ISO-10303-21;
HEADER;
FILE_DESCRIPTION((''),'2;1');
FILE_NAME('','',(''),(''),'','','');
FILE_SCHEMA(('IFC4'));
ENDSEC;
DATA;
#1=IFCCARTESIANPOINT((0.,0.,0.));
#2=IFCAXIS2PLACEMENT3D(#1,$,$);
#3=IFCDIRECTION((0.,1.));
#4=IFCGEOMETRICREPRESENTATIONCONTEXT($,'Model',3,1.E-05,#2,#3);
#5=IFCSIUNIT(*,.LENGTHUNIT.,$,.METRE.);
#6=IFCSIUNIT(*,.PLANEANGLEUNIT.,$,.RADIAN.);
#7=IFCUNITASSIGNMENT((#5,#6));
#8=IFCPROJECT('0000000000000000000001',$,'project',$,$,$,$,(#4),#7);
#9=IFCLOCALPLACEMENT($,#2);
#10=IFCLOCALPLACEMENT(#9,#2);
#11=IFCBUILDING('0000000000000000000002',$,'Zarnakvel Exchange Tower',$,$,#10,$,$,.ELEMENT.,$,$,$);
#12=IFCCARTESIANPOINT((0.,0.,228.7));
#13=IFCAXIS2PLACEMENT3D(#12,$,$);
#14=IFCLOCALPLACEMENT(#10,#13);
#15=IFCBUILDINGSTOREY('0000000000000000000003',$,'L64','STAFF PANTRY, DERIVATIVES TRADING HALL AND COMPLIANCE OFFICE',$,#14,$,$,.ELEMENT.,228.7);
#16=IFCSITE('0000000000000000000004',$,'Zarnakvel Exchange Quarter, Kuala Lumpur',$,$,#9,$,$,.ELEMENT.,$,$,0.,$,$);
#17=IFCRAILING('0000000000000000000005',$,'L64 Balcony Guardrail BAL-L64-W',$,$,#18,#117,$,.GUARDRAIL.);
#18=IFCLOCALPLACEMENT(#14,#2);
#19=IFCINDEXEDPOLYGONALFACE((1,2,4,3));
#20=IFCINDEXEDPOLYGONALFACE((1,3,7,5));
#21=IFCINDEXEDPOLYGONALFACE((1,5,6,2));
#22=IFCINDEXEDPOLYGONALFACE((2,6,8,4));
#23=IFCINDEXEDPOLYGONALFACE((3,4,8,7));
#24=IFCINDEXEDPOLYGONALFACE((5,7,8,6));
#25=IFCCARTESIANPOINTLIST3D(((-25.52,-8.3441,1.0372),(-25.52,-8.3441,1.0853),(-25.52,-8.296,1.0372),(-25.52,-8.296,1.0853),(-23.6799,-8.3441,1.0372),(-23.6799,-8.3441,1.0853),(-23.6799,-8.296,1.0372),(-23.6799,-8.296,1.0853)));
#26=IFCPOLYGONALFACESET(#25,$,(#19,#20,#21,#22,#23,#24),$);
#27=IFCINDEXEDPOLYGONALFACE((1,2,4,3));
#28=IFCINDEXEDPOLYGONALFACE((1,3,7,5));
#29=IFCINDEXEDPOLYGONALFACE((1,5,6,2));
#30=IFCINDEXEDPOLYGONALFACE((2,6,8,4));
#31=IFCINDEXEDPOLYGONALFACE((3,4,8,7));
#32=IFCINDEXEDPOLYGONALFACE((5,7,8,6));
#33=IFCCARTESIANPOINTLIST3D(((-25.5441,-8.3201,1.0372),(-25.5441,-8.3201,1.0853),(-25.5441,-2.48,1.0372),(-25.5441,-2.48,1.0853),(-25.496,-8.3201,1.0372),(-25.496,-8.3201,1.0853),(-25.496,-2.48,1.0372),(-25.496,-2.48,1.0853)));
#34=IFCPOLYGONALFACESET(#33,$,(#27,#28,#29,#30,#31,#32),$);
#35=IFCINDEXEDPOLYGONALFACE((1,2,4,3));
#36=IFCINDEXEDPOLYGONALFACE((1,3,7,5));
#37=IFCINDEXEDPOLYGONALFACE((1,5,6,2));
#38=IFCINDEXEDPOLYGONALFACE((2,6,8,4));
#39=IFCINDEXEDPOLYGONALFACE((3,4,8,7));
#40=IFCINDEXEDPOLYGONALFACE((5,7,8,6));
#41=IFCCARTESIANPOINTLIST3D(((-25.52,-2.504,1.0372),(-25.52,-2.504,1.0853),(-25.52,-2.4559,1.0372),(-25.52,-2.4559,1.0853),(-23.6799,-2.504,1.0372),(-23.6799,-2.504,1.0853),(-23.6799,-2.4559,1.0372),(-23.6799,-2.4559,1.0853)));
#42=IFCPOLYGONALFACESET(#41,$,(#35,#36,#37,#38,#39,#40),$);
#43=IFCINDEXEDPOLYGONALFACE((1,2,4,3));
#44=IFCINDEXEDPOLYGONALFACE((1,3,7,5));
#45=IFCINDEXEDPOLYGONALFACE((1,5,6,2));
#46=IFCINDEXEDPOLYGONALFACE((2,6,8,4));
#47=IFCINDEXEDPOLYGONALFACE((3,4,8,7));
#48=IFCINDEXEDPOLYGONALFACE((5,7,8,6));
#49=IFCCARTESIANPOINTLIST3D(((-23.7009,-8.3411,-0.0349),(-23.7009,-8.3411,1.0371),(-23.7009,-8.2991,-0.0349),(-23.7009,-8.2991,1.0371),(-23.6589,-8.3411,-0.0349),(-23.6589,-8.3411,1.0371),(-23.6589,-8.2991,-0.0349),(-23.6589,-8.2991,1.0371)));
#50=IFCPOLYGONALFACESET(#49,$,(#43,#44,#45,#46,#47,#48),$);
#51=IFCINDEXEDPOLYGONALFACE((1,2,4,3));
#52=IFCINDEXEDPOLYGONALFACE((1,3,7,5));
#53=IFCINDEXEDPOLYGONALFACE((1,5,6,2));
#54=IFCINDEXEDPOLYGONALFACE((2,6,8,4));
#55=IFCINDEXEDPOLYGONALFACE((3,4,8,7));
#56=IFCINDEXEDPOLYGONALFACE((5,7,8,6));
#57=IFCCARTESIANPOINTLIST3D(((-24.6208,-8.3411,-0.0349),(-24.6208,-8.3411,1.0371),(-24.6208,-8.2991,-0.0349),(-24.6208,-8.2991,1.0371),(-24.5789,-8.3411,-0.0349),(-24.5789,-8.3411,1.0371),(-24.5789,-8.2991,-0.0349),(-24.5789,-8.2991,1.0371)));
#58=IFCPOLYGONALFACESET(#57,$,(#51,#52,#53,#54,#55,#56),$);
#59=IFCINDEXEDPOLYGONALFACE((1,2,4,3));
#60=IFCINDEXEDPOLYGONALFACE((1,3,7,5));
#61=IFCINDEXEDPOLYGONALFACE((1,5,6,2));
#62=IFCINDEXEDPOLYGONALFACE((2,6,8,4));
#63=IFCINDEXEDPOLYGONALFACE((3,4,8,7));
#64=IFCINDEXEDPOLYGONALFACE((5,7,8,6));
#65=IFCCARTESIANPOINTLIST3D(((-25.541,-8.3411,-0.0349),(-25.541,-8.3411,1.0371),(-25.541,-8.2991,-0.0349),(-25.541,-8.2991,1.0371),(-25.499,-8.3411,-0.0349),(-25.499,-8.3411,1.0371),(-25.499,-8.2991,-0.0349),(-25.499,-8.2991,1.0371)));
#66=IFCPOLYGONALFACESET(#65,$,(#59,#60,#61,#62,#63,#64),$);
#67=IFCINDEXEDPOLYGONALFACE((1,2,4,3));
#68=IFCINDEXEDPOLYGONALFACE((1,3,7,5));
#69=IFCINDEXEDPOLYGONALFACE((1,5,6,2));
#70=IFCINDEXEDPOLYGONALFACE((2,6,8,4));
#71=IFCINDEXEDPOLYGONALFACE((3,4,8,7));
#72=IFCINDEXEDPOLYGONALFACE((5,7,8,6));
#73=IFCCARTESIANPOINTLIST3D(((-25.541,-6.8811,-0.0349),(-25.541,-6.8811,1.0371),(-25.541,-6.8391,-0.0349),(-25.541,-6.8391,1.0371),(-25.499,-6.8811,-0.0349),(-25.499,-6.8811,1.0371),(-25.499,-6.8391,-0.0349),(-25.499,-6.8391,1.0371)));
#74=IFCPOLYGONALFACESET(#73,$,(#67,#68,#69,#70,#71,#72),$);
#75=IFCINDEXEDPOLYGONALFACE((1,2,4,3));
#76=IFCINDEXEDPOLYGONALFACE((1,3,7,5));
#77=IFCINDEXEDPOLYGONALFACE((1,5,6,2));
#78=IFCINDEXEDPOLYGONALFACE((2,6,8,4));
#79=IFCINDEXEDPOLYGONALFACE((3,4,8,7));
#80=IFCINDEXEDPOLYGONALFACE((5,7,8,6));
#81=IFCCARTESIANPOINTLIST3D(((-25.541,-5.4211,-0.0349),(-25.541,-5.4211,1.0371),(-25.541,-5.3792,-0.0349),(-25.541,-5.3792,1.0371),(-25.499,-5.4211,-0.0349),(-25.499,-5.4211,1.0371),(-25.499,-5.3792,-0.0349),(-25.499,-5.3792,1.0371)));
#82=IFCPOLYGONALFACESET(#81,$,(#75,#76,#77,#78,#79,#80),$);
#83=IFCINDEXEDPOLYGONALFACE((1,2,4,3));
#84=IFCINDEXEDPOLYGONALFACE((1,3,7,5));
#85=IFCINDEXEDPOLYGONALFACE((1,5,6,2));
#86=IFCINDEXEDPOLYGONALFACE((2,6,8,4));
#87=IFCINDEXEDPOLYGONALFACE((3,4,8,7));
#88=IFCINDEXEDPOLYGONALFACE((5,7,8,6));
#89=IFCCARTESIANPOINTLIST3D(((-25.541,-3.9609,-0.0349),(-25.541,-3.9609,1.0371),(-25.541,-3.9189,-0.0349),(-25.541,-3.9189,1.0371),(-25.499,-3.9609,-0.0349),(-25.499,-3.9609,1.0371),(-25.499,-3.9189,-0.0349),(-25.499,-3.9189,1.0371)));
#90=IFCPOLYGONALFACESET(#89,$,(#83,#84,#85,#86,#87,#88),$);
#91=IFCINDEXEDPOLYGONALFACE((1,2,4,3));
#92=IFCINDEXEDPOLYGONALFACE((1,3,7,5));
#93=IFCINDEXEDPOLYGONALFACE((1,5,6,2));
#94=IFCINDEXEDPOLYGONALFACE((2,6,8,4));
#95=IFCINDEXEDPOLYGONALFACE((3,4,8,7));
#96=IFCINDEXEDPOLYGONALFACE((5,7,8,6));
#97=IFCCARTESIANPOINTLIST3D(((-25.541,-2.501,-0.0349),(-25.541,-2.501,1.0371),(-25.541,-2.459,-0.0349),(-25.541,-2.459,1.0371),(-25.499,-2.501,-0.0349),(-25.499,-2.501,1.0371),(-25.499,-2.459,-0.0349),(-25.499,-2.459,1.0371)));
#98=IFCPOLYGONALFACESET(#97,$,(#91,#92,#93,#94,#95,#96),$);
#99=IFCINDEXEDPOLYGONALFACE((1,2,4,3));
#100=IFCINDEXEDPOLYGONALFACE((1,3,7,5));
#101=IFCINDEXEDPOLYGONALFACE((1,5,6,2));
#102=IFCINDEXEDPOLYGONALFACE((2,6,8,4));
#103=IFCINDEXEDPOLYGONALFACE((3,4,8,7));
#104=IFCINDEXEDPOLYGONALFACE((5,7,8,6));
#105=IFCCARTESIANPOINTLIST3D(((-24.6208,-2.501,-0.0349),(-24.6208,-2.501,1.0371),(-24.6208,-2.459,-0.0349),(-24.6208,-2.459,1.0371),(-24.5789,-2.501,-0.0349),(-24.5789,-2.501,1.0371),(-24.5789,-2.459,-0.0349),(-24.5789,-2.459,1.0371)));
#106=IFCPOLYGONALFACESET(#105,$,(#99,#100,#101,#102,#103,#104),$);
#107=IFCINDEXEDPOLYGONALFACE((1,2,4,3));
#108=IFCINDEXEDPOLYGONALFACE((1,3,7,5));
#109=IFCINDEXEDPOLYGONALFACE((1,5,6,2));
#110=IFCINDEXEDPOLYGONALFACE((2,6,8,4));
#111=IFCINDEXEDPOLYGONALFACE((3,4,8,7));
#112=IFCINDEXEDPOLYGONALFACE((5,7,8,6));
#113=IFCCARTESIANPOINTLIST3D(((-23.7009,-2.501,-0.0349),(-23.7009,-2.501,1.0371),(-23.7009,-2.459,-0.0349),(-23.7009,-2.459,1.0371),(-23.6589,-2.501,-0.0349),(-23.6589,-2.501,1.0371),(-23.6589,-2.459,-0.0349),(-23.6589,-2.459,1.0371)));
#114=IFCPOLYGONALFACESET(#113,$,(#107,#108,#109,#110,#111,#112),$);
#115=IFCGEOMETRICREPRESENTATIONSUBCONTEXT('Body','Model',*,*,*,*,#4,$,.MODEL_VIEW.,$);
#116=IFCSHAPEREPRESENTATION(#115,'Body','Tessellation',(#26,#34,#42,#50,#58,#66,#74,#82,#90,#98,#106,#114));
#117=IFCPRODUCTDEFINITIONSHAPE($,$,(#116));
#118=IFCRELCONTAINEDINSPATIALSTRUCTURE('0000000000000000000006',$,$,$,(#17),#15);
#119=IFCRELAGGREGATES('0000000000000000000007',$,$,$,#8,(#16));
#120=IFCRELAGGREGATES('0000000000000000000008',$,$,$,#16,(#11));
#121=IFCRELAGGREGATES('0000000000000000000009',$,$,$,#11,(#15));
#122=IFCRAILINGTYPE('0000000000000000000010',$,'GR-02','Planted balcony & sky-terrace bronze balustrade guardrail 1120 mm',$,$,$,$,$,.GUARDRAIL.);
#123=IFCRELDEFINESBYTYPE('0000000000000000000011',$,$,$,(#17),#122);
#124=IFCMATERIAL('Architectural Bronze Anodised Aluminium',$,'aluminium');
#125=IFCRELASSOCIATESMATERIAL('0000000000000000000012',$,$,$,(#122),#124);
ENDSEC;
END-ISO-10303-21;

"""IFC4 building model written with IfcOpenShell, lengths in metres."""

from ifc_helpers import new_model, si_unit, direction, frame, origin, origin_2d, place, context, subcontext, project, spatial, rectangle, extrude, material, type_object, element, save


model = new_model("IFC4")

# Units and contexts
model_context = context("Model", 3, precision=1e-05, world=origin(), true_north=direction((0.0, 1.0)))
body_context = subcontext(model_context, "Body", "Model", "MODEL_VIEW")
ifc_project = project(units=[si_unit("LENGTHUNIT", "METRE"), si_unit("PLANEANGLEUNIT", "RADIAN")], contexts=[model_context])

# Site, building, storey
site_placement = place(None, origin())
site = spatial("IfcSite", under=ifc_project, at=site_placement, Name="Zarnakvel Exchange Quarter, Kuala Lumpur", CompositionType="ELEMENT", RefElevation=0.0)
building_placement = place(site_placement, origin())
building = spatial("IfcBuilding", under=site, at=building_placement, Name="Zarnakvel Exchange Tower", CompositionType="ELEMENT")
storey_placement = place(building_placement, frame((0.0, 0.0, 228.7)))
storey = spatial("IfcBuildingStorey", under=building, at=storey_placement, Name="L64", Description="STAFF PANTRY, DERIVATIVES TRADING HALL AND COMPLIANCE OFFICE", CompositionType="ELEMENT", Elevation=228.7)

# Railing
ifc_material_1 = material(Name="Architectural Bronze Anodised Aluminium", Category="aluminium")
railing_type = type_object("IfcRailingType", Name="GR-02", Description="Planted balcony & sky-terrace bronze balustrade guardrail 1120 mm", PredefinedType="GUARDRAIL", material=ifc_material_1)
railing_1_placement = place(storey_placement, frame((-23.6799, -8.3201, -0.0349)))
element("IfcRailing", 1, at=railing_1_placement, inside=storey, type_object=railing_type, Name="L64 Balcony Guardrail BAL-L64-W", PredefinedType="GUARDRAIL", context=body_context, shape_type="SweptSolid", body=[
    extrude(rectangle(XDim=0.0481, YDim=0.0481, at=origin_2d()), frame((0.0, 0.0, 1.0962), z_axis=(-1.0, 0.0, 0.0), x_axis=(0.0, -1.0, 0.0)), (0.0, 0.0, 1.0), 1.8401),
    extrude(rectangle(XDim=0.0481, YDim=0.0481, at=origin_2d()), frame((-1.8401, 0.0, 1.0962), z_axis=(0.0, 1.0, 0.0), x_axis=(-1.0, 0.0, 0.0)), (0.0, 0.0, 1.0), 5.8401),
    extrude(rectangle(XDim=0.0481, YDim=0.0481, at=origin_2d()), frame((-1.8401, 5.8401, 1.0962), z_axis=(1.0, 0.0, 0.0), x_axis=(0.0, 1.0, 0.0)), (0.0, 0.0, 1.0), 1.8401),
    extrude(rectangle(XDim=0.042, YDim=0.042, at=origin_2d()), origin(), (0.0, 0.0, 1.0), 1.072),
    extrude(rectangle(XDim=0.042, YDim=0.042, at=origin_2d()), frame((-0.9199, 0.0, 0.0)), (0.0, 0.0, 1.0), 1.072),
    extrude(rectangle(XDim=0.042, YDim=0.042, at=origin_2d()), frame((-1.8401, 0.0, 0.0)), (0.0, 0.0, 1.0), 1.072),
    extrude(rectangle(XDim=0.042, YDim=0.042, at=origin_2d()), frame((-1.8401, 1.46, 0.0)), (0.0, 0.0, 1.0), 1.072),
    extrude(rectangle(XDim=0.042, YDim=0.042, at=origin_2d()), frame((-1.8401, 2.9199, 0.0)), (0.0, 0.0, 1.0), 1.072),
    extrude(rectangle(XDim=0.042, YDim=0.042, at=origin_2d()), frame((-1.8401, 4.3801, 0.0)), (0.0, 0.0, 1.0), 1.072),
    extrude(rectangle(XDim=0.042, YDim=0.042, at=origin_2d()), frame((-1.8401, 5.8401, 0.0)), (0.0, 0.0, 1.0), 1.072),
    extrude(rectangle(XDim=0.042, YDim=0.042, at=origin_2d()), frame((-0.9199, 5.8401, 0.0)), (0.0, 0.0, 1.0), 1.072),
    extrude(rectangle(XDim=0.042, YDim=0.042, at=origin_2d()), frame((0.0, 5.8401, 0.0)), (0.0, 0.0, 1.0), 1.072),
])

save(model, "model.ifc")
